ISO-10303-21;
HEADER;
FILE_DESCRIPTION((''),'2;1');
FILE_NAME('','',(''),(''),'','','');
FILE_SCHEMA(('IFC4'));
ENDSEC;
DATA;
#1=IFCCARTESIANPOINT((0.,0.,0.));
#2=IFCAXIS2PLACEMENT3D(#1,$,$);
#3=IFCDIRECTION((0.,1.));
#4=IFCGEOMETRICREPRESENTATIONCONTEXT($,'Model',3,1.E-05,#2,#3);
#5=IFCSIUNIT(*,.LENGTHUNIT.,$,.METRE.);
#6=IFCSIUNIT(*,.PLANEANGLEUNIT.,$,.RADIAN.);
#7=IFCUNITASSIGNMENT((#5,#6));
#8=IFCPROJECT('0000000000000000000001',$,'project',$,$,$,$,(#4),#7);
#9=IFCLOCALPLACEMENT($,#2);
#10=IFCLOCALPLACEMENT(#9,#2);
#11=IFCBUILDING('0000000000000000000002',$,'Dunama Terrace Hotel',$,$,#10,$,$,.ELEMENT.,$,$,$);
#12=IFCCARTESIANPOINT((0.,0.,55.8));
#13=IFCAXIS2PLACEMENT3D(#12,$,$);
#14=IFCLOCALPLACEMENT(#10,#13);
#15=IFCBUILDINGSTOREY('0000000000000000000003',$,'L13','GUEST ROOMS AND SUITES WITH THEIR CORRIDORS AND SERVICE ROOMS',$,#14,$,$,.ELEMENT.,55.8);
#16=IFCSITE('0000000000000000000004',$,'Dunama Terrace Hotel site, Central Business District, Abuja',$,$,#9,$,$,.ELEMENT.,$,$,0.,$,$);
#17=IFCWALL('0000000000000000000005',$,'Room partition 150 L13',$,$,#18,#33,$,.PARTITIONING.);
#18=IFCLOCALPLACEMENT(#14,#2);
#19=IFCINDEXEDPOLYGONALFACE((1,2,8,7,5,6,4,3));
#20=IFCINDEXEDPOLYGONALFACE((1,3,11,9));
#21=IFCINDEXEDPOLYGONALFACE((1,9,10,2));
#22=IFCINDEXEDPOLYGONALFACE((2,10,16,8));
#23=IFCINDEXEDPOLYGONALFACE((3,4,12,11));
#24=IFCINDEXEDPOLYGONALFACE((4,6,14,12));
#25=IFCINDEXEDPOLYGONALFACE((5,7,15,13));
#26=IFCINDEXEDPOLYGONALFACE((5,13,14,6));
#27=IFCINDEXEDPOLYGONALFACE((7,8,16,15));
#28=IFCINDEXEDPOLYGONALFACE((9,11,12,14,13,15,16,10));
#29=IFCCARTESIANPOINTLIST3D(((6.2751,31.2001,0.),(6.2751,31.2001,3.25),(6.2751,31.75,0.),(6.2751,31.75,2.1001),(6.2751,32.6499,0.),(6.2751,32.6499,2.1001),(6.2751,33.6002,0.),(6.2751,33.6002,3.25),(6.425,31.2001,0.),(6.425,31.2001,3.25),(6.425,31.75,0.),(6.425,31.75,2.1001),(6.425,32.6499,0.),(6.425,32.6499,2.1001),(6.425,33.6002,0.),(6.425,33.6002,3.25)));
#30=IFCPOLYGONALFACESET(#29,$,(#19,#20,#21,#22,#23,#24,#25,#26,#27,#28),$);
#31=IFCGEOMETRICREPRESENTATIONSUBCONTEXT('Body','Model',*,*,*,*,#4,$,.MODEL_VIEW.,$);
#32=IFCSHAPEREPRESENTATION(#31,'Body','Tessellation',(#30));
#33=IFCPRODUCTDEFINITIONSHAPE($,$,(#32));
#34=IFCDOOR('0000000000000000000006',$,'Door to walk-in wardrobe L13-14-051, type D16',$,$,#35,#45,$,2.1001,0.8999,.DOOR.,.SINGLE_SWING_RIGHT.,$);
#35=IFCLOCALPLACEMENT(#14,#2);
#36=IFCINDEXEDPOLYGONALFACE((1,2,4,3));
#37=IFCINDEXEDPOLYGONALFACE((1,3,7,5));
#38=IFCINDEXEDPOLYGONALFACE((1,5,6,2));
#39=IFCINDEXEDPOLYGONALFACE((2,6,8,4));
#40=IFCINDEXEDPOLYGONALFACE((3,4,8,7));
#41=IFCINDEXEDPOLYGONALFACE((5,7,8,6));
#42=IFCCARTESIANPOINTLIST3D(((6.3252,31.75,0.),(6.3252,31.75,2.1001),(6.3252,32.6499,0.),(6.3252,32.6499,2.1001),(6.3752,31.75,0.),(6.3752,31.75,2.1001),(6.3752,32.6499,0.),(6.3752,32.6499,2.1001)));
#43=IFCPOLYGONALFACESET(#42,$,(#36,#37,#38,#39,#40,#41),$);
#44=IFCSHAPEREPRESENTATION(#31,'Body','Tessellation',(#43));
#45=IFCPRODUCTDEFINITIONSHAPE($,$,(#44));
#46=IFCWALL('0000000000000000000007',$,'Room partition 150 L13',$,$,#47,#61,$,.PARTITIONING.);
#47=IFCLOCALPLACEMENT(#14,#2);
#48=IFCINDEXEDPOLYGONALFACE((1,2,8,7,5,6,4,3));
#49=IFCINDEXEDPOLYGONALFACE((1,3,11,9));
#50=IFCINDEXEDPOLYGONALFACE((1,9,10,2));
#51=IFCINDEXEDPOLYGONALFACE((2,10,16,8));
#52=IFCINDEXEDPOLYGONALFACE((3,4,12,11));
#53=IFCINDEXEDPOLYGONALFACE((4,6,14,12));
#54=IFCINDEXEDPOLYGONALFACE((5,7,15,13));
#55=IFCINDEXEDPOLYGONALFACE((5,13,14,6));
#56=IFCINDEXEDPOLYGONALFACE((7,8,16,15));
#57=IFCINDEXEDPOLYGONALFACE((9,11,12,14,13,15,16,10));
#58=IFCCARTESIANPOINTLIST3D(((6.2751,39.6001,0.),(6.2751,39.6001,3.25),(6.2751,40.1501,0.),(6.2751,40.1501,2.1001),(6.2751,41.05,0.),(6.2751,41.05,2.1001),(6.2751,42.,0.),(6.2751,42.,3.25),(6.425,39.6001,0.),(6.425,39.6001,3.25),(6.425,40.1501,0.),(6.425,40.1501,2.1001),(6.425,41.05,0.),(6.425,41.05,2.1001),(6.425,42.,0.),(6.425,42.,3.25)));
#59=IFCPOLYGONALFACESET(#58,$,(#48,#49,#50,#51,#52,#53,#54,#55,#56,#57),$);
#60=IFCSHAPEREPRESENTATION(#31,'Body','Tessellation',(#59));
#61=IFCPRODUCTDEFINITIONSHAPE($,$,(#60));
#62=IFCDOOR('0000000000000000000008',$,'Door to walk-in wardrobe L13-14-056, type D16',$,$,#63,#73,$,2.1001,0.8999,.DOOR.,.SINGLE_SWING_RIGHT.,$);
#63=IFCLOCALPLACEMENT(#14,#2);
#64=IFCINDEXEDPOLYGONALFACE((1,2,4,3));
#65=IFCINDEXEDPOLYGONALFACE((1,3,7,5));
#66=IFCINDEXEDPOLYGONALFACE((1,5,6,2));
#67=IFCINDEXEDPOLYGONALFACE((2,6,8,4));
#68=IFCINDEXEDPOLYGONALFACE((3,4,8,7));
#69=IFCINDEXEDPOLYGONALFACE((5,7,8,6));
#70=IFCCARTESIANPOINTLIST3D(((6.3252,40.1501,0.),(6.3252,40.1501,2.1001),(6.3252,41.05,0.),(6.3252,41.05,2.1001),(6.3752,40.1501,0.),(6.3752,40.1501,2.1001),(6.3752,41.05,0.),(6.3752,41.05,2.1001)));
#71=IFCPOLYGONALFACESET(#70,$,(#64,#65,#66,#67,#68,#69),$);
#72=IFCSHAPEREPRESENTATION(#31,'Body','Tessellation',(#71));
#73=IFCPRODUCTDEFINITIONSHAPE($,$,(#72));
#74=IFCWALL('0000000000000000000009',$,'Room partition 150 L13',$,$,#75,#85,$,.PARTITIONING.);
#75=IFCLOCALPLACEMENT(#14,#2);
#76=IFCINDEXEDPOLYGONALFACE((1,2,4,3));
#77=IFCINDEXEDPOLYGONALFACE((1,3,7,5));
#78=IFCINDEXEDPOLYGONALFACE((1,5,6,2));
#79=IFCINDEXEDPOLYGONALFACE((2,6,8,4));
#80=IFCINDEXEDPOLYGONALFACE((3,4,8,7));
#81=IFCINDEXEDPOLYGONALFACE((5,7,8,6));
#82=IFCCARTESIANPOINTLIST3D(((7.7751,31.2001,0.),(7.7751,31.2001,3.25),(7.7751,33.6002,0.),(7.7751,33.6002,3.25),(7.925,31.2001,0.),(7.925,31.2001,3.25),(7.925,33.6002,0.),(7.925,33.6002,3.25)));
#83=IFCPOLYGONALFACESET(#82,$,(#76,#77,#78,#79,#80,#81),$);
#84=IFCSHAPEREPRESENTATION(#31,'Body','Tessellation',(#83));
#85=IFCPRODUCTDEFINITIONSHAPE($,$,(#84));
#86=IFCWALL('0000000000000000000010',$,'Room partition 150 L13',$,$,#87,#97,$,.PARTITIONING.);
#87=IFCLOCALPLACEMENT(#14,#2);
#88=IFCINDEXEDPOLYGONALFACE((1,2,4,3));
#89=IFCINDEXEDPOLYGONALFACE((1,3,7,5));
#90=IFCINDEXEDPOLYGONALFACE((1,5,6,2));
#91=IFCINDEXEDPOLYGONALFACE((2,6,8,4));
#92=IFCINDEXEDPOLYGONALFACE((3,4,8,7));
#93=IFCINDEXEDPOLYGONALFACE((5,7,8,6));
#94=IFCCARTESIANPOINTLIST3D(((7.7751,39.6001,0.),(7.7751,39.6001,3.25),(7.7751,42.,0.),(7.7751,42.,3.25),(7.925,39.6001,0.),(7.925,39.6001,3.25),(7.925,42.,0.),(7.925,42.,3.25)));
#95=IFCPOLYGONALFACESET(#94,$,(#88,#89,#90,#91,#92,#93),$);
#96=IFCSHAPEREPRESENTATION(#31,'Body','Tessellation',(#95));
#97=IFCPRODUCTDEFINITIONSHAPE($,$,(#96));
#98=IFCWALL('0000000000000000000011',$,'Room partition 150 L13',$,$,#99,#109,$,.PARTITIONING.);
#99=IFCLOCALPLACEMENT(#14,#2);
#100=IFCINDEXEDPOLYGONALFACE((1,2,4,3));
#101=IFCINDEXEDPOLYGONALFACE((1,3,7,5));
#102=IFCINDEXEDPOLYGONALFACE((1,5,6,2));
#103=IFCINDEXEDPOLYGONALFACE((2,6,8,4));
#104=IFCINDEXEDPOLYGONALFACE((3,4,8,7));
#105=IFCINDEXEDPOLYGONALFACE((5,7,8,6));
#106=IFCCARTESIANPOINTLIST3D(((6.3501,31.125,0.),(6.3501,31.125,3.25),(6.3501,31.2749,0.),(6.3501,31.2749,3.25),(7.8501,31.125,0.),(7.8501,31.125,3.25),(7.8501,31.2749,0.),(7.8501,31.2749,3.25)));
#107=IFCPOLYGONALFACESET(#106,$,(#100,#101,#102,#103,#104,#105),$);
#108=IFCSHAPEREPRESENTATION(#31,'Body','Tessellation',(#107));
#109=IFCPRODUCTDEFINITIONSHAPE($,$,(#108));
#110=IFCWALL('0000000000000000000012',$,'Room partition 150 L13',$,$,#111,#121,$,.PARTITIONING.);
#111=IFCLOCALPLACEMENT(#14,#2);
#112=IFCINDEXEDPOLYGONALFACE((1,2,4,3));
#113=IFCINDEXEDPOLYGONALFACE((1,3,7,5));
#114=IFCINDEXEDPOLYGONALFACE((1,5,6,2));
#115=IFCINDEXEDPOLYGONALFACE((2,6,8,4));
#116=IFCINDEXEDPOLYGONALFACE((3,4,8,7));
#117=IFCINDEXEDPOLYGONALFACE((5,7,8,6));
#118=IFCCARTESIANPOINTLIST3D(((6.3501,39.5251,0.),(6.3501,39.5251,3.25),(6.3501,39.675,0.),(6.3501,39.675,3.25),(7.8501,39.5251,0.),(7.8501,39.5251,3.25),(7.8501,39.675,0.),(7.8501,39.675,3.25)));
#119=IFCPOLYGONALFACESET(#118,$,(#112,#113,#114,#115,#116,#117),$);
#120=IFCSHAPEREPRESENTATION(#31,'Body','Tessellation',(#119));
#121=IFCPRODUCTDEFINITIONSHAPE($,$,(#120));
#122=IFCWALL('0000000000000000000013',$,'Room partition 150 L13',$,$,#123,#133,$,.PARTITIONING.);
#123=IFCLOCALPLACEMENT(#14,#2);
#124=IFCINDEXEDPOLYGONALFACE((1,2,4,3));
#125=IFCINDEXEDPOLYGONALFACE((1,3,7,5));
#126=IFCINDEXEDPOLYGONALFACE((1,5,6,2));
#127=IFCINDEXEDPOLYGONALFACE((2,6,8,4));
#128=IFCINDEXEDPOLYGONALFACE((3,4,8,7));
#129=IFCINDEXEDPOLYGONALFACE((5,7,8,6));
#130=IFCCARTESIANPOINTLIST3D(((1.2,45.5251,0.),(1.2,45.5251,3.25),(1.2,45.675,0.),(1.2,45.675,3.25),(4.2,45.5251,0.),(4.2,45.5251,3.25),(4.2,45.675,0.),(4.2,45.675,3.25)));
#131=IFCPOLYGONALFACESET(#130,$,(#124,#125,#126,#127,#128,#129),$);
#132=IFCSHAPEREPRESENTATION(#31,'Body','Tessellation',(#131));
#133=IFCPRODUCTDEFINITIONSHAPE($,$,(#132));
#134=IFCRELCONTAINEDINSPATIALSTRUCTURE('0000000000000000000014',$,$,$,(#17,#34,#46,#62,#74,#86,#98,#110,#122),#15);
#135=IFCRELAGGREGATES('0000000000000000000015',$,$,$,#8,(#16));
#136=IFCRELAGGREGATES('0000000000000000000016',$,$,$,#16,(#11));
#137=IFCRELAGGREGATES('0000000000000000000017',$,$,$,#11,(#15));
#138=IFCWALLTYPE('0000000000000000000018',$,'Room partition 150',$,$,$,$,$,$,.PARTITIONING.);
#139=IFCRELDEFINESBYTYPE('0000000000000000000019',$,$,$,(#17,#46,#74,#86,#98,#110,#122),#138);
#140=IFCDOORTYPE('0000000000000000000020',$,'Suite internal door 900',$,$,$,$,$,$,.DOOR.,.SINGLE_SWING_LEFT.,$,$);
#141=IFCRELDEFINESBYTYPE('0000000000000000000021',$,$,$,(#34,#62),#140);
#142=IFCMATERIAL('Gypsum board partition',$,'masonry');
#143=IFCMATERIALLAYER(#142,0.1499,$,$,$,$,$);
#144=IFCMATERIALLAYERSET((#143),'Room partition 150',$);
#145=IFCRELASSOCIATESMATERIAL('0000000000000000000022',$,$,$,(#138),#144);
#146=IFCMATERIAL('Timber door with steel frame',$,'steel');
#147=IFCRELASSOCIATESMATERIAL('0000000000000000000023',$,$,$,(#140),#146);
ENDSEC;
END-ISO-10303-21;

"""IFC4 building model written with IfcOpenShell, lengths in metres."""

from ifc_helpers import new_model, si_unit, direction, frame, frame_2d, origin, place, context, subcontext, project, spatial, rectangle, extrude, material, layer, layer_set, type_object, element, fill, save


model = new_model("IFC4")

# Units and contexts
model_context = context("Model", 3, precision=1e-05, world=origin(), true_north=direction((0.0, 1.0)))
body_context = subcontext(model_context, "Body", "Model", "MODEL_VIEW")
ifc_project = project(units=[si_unit("LENGTHUNIT", "METRE"), si_unit("PLANEANGLEUNIT", "RADIAN")], contexts=[model_context])

# Site, building, storey
site_placement = place(None, origin())
site = spatial("IfcSite", under=ifc_project, at=site_placement, Name="Dunama Terrace Hotel site, Central Business District, Abuja", CompositionType="ELEMENT", RefElevation=0.0)
building_placement = place(site_placement, origin())
building = spatial("IfcBuilding", under=site, at=building_placement, Name="Dunama Terrace Hotel", CompositionType="ELEMENT")
storey_placement = place(building_placement, frame((0.0, 0.0, 55.8)))
storey = spatial("IfcBuildingStorey", under=building, at=storey_placement, Name="L13", Description="GUEST ROOMS AND SUITES WITH THEIR CORRIDORS AND SERVICE ROOMS", CompositionType="ELEMENT", Elevation=55.8)

# Walls, openings, doors
ifc_material_1 = material(Name="Gypsum board partition", Category="masonry")
ifc_layer_1 = layer(ifc_material_1, 0.1499)
ifc_layer_set_1 = layer_set([ifc_layer_1], Name="Room partition 150")
wall_type_1 = type_object("IfcWallType", Name="Room partition 150", PredefinedType="PARTITIONING", material=ifc_layer_set_1)
ifc_material_2 = material(Name="Timber door with steel frame", Category="steel")
door_type_1 = type_object("IfcDoorType", Name="Suite internal door 900", OperationType="SINGLE_SWING_LEFT", PredefinedType="DOOR", material=ifc_material_2)
wall_1_placement = place(storey_placement, frame((6.3501, 31.2, 0.0), z_axis=(0.0, 0.0, 1.0), x_axis=(0.0, 1.0, 0.0)))
wall_1 = element("IfcWall", 1, at=wall_1_placement, inside=storey, type_object=wall_type_1, Name="Room partition 150 L13", PredefinedType="PARTITIONING", context=body_context, shape_type="SweptSolid", body=[
    extrude(rectangle(XDim=2.4001, YDim=0.1499, at=frame_2d((1.2002, 0.0))), origin(), (0.0, 0.0, 1.0), 3.25),
])
opening_1_placement = place(wall_1_placement, frame((0.55, 0.0, 0.0)))
opening_1 = element("IfcOpeningElement", 2, at=opening_1_placement, cuts=wall_1, PredefinedType="OPENING", context=body_context, shape_type="SweptSolid", body=[
    extrude(rectangle(XDim=0.8999, YDim=2.1001, at=frame_2d((0.45, 1.05))), frame((0.0, 0.085, 0.0), z_axis=(0.0, -1.0, 0.0), x_axis=(1.0, 0.0, 0.0)), (0.0, 0.0, 1.0), 0.1699),
])
door_1_placement = place(opening_1_placement, frame((0.8999, 0.0, 0.0), z_axis=(0.0, 0.0, 1.0), x_axis=(-1.0, 0.0, 0.0)))
door_1 = element("IfcDoor", 3, at=door_1_placement, inside=storey, type_object=door_type_1, Name="Door to walk-in wardrobe L13-14-051, type D16", OperationType="SINGLE_SWING_RIGHT", OverallHeight=2.1001, OverallWidth=0.8999, PredefinedType="DOOR", context=body_context, shape_type="SweptSolid", body=[
    extrude(rectangle(XDim=0.8999, YDim=2.1001, at=frame_2d((0.45, 1.05))), frame((0.0, 0.0251, 0.0), z_axis=(0.0, -1.0, 0.0), x_axis=(1.0, 0.0, 0.0)), (0.0, 0.0, 1.0), 0.05),
])
fill(opening_1, door_1)
wall_2_placement = place(storey_placement, frame((6.3501, 39.6001, 0.0), z_axis=(0.0, 0.0, 1.0), x_axis=(0.0, 1.0, 0.0)))
wall_2 = element("IfcWall", 4, at=wall_2_placement, inside=storey, type_object=wall_type_1, Name="Room partition 150 L13", PredefinedType="PARTITIONING", context=body_context, shape_type="SweptSolid", body=[
    extrude(rectangle(XDim=2.3999, YDim=0.1499, at=frame_2d((1.2, 0.0))), origin(), (0.0, 0.0, 1.0), 3.25),
])
opening_2_placement = place(wall_2_placement, frame((0.55, 0.0, 0.0)))
opening_2 = element("IfcOpeningElement", 5, at=opening_2_placement, cuts=wall_2, PredefinedType="OPENING", context=body_context, shape_type="SweptSolid", body=[
    extrude(rectangle(XDim=0.8999, YDim=2.1001, at=frame_2d((0.45, 1.05))), frame((0.0, 0.085, 0.0), z_axis=(0.0, -1.0, 0.0), x_axis=(1.0, 0.0, 0.0)), (0.0, 0.0, 1.0), 0.1699),
])
door_2_placement = place(opening_2_placement, frame((0.8999, 0.0, 0.0), z_axis=(0.0, 0.0, 1.0), x_axis=(-1.0, 0.0, 0.0)))
door_2 = element("IfcDoor", 6, at=door_2_placement, inside=storey, type_object=door_type_1, Name="Door to walk-in wardrobe L13-14-056, type D16", OperationType="SINGLE_SWING_RIGHT", OverallHeight=2.1001, OverallWidth=0.8999, PredefinedType="DOOR", context=body_context, shape_type="SweptSolid", body=[
    extrude(rectangle(XDim=0.8999, YDim=2.1001, at=frame_2d((0.45, 1.05))), frame((0.0, 0.0251, 0.0), z_axis=(0.0, -1.0, 0.0), x_axis=(1.0, 0.0, 0.0)), (0.0, 0.0, 1.0), 0.05),
])
fill(opening_2, door_2)

# Walls
wall_3_placement = place(storey_placement, frame((7.8501, 31.2, 0.0), z_axis=(0.0, 0.0, 1.0), x_axis=(0.0, 1.0, 0.0)))
element("IfcWall", 7, at=wall_3_placement, inside=storey, type_object=wall_type_1, Name="Room partition 150 L13", PredefinedType="PARTITIONING", context=body_context, shape_type="SweptSolid", body=[
    extrude(rectangle(XDim=2.4001, YDim=0.1499, at=frame_2d((1.2002, 0.0))), origin(), (0.0, 0.0, 1.0), 3.25),
])
wall_4_placement = place(storey_placement, frame((7.8501, 39.6001, 0.0), z_axis=(0.0, 0.0, 1.0), x_axis=(0.0, 1.0, 0.0)))
element("IfcWall", 8, at=wall_4_placement, inside=storey, type_object=wall_type_1, Name="Room partition 150 L13", PredefinedType="PARTITIONING", context=body_context, shape_type="SweptSolid", body=[
    extrude(rectangle(XDim=2.3999, YDim=0.1499, at=frame_2d((1.2, 0.0))), origin(), (0.0, 0.0, 1.0), 3.25),
])
for number, where, z_axis, x_axis, name in (
    (9, (6.3501, 31.2, 0.0), (0.0, 0.0, 1.0), (1.0, 0.0, 0.0), "Room partition 150 L13"),
    (10, (6.3501, 39.6001, 0.0), (0.0, 0.0, 1.0), (1.0, 0.0, 0.0), "Room partition 150 L13"),
):
    element("IfcWall", number, at=place(storey_placement, frame(where, z_axis=z_axis, x_axis=x_axis)), inside=storey, type_object=wall_type_1, Name=name, PredefinedType="PARTITIONING", context=body_context, shape_type="SweptSolid", body=[
        extrude(rectangle(XDim=1.5, YDim=0.1499, at=frame_2d((0.75, 0.0))), origin(), (0.0, 0.0, 1.0), 3.25),
    ])
wall_5_placement = place(storey_placement, frame((1.2, 45.6001, 0.0), z_axis=(0.0, 0.0, 1.0), x_axis=(1.0, 0.0, 0.0)))
element("IfcWall", 11, at=wall_5_placement, inside=storey, type_object=wall_type_1, Name="Room partition 150 L13", PredefinedType="PARTITIONING", context=body_context, shape_type="SweptSolid", body=[
    extrude(rectangle(XDim=3.0, YDim=0.1499, at=frame_2d((1.5, 0.0))), origin(), (0.0, 0.0, 1.0), 3.25),
])

save(model, "model.ifc")
